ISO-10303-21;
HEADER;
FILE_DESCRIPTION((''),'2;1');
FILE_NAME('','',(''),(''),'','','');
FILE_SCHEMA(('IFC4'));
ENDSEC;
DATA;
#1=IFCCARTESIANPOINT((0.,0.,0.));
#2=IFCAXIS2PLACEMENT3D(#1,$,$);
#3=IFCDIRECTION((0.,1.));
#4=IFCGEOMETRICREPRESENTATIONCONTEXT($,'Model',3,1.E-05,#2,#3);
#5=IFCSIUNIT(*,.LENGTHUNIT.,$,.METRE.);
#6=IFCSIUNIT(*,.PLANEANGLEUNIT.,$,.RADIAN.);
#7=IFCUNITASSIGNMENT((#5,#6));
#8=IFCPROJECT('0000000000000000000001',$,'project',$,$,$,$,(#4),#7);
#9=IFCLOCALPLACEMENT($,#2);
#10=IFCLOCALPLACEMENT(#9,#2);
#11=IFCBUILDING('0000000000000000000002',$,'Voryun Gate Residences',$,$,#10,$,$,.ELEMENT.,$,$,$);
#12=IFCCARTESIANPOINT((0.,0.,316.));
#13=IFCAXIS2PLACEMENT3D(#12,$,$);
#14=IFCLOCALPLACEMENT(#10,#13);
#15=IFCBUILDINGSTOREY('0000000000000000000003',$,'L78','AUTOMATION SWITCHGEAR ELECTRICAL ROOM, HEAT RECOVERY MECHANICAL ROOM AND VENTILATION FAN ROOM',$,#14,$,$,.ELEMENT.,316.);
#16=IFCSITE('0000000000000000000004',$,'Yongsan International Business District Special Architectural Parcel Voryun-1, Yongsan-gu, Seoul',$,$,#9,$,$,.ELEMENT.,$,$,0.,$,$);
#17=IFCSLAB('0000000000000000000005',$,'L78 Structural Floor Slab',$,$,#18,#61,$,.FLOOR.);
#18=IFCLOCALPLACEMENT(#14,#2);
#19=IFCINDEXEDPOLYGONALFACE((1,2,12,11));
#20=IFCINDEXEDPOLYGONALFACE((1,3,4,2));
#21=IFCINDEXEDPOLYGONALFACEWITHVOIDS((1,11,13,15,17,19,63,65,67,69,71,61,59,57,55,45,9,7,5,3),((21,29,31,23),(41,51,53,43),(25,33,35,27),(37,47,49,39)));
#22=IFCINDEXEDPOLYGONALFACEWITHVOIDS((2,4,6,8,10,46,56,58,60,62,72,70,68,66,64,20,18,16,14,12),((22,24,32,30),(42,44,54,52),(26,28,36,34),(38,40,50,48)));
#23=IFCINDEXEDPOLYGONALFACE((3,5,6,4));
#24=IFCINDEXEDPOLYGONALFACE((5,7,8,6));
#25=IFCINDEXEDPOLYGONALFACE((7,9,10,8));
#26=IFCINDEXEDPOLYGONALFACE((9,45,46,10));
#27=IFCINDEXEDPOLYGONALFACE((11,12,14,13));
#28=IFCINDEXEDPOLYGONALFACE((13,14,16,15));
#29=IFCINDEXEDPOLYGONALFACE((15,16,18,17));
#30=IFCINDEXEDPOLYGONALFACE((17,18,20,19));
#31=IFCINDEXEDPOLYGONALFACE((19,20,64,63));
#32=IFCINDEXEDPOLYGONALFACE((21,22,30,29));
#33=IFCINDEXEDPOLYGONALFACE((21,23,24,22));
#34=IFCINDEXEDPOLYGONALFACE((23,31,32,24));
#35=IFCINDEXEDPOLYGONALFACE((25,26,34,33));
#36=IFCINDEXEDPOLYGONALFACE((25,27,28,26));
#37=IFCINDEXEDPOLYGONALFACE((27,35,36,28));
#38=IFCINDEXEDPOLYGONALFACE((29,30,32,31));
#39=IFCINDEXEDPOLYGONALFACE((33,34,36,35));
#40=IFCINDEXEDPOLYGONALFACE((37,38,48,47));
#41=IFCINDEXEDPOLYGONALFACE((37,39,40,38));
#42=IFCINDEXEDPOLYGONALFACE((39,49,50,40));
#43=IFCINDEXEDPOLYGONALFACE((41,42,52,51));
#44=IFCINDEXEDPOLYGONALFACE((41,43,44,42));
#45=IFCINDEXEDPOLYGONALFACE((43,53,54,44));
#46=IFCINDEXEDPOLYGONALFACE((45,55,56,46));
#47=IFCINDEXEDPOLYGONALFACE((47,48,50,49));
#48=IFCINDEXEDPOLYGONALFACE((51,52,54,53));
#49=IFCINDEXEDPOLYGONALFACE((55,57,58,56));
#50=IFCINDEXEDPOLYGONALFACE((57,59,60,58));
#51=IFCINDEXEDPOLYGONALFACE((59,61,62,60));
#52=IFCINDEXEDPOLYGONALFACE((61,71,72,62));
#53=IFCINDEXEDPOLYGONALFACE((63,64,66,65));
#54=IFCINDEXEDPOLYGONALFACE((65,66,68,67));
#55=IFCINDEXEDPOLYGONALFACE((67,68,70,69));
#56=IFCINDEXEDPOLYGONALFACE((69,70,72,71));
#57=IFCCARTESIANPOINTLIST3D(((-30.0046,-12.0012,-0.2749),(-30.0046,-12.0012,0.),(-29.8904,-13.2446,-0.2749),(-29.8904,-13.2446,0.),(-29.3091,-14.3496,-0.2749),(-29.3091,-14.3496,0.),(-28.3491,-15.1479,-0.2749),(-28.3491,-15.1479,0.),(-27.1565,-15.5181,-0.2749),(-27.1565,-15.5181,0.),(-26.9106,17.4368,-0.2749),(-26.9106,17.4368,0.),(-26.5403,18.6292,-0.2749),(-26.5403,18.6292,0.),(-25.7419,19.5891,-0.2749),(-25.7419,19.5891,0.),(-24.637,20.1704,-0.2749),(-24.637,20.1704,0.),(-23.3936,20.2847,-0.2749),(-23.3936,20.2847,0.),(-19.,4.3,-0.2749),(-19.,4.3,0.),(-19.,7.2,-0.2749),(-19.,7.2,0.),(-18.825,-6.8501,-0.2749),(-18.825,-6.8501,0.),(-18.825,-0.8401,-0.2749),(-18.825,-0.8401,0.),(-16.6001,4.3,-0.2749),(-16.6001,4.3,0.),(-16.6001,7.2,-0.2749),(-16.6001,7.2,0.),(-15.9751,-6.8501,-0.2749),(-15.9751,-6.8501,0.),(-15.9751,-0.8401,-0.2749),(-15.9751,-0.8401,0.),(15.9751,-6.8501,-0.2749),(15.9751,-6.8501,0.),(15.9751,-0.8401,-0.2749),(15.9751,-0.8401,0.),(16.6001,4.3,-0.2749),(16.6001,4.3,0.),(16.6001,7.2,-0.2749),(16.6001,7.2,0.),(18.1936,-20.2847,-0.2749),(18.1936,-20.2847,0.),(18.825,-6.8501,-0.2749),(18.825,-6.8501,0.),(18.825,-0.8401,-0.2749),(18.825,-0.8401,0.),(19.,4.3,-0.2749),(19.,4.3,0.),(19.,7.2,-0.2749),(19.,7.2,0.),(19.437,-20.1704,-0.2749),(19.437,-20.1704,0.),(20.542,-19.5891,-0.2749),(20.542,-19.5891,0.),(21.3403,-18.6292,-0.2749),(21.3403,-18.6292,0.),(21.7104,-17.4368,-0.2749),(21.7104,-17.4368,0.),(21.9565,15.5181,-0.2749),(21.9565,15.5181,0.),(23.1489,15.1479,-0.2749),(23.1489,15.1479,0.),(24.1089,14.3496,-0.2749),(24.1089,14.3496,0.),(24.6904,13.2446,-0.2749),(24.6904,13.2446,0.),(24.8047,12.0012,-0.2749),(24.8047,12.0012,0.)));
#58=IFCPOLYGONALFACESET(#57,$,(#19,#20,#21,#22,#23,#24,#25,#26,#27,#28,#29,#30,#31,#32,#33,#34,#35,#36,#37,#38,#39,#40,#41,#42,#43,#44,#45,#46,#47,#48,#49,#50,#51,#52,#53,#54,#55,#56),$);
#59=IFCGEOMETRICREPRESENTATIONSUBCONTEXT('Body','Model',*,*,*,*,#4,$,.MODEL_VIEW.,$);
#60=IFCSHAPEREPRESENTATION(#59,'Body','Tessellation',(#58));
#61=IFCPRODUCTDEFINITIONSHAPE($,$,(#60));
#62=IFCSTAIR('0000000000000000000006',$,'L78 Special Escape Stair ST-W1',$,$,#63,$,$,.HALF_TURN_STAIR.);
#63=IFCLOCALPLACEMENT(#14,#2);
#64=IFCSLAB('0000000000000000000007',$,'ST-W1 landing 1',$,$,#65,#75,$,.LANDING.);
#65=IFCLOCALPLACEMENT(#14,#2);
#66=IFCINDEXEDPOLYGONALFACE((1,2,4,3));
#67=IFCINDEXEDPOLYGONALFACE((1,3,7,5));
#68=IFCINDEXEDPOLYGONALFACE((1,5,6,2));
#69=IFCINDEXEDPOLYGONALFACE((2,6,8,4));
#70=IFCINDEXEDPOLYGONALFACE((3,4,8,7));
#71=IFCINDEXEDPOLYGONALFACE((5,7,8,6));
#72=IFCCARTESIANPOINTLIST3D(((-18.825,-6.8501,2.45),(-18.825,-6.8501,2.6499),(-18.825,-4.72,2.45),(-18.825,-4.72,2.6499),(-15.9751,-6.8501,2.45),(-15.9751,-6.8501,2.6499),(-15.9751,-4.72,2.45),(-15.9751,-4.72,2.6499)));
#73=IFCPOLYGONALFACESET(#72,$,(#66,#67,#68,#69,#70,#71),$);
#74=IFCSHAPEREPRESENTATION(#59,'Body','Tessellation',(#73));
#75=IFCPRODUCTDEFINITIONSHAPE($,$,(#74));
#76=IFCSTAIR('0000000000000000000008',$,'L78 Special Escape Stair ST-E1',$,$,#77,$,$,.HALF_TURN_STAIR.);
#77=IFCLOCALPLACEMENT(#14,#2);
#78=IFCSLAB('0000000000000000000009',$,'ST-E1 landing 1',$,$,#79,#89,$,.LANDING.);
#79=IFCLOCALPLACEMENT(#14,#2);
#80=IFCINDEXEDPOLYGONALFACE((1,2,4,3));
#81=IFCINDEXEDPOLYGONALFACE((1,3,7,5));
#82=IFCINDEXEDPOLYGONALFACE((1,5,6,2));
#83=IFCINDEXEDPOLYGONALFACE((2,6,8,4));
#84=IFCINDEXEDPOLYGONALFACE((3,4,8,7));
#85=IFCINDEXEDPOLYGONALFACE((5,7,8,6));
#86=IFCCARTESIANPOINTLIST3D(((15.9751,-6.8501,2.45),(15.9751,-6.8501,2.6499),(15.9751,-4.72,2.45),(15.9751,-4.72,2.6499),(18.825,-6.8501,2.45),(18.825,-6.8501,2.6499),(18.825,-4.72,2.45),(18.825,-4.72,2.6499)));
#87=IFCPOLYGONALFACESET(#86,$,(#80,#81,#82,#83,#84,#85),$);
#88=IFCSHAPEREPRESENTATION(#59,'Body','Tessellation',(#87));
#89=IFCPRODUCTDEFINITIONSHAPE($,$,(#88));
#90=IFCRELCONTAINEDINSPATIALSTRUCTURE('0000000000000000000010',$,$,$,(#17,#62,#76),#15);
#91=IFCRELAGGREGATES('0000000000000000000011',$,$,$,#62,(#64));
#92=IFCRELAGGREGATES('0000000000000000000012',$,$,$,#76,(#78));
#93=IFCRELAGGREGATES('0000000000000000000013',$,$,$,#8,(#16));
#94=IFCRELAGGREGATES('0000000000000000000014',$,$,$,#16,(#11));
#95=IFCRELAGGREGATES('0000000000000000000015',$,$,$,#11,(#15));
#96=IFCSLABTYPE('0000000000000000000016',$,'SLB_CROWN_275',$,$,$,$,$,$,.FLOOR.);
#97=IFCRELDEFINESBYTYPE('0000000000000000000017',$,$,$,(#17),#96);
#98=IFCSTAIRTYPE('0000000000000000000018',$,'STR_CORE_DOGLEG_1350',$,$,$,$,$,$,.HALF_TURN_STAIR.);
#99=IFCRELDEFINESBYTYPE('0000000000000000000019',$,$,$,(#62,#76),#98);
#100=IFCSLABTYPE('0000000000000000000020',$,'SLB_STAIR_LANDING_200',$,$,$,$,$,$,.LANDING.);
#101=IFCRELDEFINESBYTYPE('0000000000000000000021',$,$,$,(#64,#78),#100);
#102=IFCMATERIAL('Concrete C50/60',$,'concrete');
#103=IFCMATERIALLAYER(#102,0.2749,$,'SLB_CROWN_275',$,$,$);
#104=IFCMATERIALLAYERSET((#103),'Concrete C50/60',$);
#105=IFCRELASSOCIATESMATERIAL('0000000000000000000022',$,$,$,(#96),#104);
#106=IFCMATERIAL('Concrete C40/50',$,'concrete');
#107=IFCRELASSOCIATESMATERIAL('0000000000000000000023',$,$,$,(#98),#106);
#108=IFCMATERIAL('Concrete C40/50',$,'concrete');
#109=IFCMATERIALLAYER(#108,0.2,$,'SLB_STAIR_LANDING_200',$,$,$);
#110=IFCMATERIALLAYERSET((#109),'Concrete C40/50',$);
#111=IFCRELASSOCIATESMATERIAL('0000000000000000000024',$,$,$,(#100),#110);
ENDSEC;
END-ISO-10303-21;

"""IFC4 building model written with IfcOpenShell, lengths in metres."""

from ifc_helpers import new_model, si_unit, direction, frame, origin, place, context, subcontext, project, spatial, polyline, outline, extrude, material, layer, layer_set, type_object, element, aggregate, save


model = new_model("IFC4")

# Units and contexts
model_context = context("Model", 3, precision=1e-05, world=origin(), true_north=direction((0.0, 1.0)))
body_context = subcontext(model_context, "Body", "Model", "MODEL_VIEW")
ifc_project = project(units=[si_unit("LENGTHUNIT", "METRE"), si_unit("PLANEANGLEUNIT", "RADIAN")], contexts=[model_context])

# Site, building, storey
site_placement = place(None, origin())
site = spatial("IfcSite", under=ifc_project, at=site_placement, Name="Yongsan International Business District Special Architectural Parcel Voryun-1, Yongsan-gu, Seoul", CompositionType="ELEMENT", RefElevation=0.0)
building_placement = place(site_placement, origin())
building = spatial("IfcBuilding", under=site, at=building_placement, Name="Voryun Gate Residences", CompositionType="ELEMENT")
storey_placement = place(building_placement, frame((0.0, 0.0, 316.0)))
storey = spatial("IfcBuildingStorey", under=building, at=storey_placement, Name="L78", Description="AUTOMATION SWITCHGEAR ELECTRICAL ROOM, HEAT RECOVERY MECHANICAL ROOM AND VENTILATION FAN ROOM", CompositionType="ELEMENT", Elevation=316.0)

# Slab
ifc_material_1 = material(Name="Concrete C50/60", Category="concrete")
ifc_layer_1 = layer(ifc_material_1, 0.2749, Name="SLB_CROWN_275")
ifc_layer_set_1 = layer_set([ifc_layer_1], Name="Concrete C50/60")
slab_type_1 = type_object("IfcSlabType", Name="SLB_CROWN_275", PredefinedType="FLOOR", material=ifc_layer_set_1)
slab_1_placement = place(storey_placement, frame((0.0, 0.0, -0.2749)))
element("IfcSlab", 1, at=slab_1_placement, inside=storey, type_object=slab_type_1, Name="L78 Structural Floor Slab", PredefinedType="FLOOR", context=body_context, shape_type="SweptSolid", body=[
    extrude(outline(polyline([(-27.1565, -15.5181), (-28.3491, -15.1479), (-29.3091, -14.3496), (-29.8904, -13.2446), (-30.0046, -12.0012), (-26.9106, 17.4368), (-26.5403, 18.6292), (-25.7419, 19.5891), (-24.637, 20.1704), (-23.3936, 20.2847), (21.9565, 15.5181), (23.1489, 15.1479), (24.1089, 14.3496), (24.6904, 13.2446), (24.8047, 12.0012), (21.7104, -17.4368), (21.3403, -18.6292), (20.542, -19.5891), (19.437, -20.1704), (18.1936, -20.2847), (-27.1565, -15.5181)]), holes=[polyline([(-15.9751, -0.8401), (-18.825, -0.8401), (-18.825, -6.8501), (-15.9751, -6.8501), (-15.9751, -0.8401)]), polyline([(18.825, -0.8401), (15.9751, -0.8401), (15.9751, -6.8501), (18.825, -6.8501), (18.825, -0.8401)]), polyline([(-19.0, 7.2), (-19.0, 4.3), (-16.6001, 4.3), (-16.6001, 7.2), (-19.0, 7.2)]), polyline([(16.6001, 7.2), (16.6001, 4.3), (19.0, 4.3), (19.0, 7.2), (16.6001, 7.2)])]), origin(), (0.0, 0.0, 1.0), 0.2749),
])

# Stairs, slabs
ifc_material_2 = material(Name="Concrete C40/50", Category="concrete")
stair_type = type_object("IfcStairType", Name="STR_CORE_DOGLEG_1350", PredefinedType="HALF_TURN_STAIR", material=ifc_material_2)
stair_1_placement = place(storey_placement, origin())
stair_1 = element("IfcStair", 2, at=stair_1_placement, inside=storey, type_object=stair_type, Name="L78 Special Escape Stair ST-W1", PredefinedType="HALF_TURN_STAIR")
ifc_material_3 = material(Name="Concrete C40/50", Category="concrete")
ifc_layer_2 = layer(ifc_material_3, 0.2, Name="SLB_STAIR_LANDING_200")
ifc_layer_set_2 = layer_set([ifc_layer_2], Name="Concrete C40/50")
slab_type_2 = type_object("IfcSlabType", Name="SLB_STAIR_LANDING_200", PredefinedType="LANDING", material=ifc_layer_set_2)
slab_2_placement = place(storey_placement, frame((0.0, 0.0, 2.45)))
slab_2 = element("IfcSlab", 3, at=slab_2_placement, type_object=slab_type_2, Name="ST-W1 landing 1", PredefinedType="LANDING", context=body_context, shape_type="SweptSolid", body=[
    extrude(outline(polyline([(-18.825, -4.72), (-18.825, -6.8501), (-15.9751, -6.8501), (-15.9751, -4.72), (-18.825, -4.72)])), origin(), (0.0, 0.0, 1.0), 0.2),
])
aggregate(stair_1, [slab_2])
stair_2_placement = place(storey_placement, origin())
stair_2 = element("IfcStair", 4, at=stair_2_placement, inside=storey, type_object=stair_type, Name="L78 Special Escape Stair ST-E1", PredefinedType="HALF_TURN_STAIR")
slab_3_placement = place(storey_placement, frame((0.0, 0.0, 2.45)))
slab_3 = element("IfcSlab", 5, at=slab_3_placement, type_object=slab_type_2, Name="ST-E1 landing 1", PredefinedType="LANDING", context=body_context, shape_type="SweptSolid", body=[
    extrude(outline(polyline([(15.9751, -4.72), (15.9751, -6.8501), (18.825, -6.8501), (18.825, -4.72), (15.9751, -4.72)])), origin(), (0.0, 0.0, 1.0), 0.2),
])
aggregate(stair_2, [slab_3])

save(model, "model.ifc")
